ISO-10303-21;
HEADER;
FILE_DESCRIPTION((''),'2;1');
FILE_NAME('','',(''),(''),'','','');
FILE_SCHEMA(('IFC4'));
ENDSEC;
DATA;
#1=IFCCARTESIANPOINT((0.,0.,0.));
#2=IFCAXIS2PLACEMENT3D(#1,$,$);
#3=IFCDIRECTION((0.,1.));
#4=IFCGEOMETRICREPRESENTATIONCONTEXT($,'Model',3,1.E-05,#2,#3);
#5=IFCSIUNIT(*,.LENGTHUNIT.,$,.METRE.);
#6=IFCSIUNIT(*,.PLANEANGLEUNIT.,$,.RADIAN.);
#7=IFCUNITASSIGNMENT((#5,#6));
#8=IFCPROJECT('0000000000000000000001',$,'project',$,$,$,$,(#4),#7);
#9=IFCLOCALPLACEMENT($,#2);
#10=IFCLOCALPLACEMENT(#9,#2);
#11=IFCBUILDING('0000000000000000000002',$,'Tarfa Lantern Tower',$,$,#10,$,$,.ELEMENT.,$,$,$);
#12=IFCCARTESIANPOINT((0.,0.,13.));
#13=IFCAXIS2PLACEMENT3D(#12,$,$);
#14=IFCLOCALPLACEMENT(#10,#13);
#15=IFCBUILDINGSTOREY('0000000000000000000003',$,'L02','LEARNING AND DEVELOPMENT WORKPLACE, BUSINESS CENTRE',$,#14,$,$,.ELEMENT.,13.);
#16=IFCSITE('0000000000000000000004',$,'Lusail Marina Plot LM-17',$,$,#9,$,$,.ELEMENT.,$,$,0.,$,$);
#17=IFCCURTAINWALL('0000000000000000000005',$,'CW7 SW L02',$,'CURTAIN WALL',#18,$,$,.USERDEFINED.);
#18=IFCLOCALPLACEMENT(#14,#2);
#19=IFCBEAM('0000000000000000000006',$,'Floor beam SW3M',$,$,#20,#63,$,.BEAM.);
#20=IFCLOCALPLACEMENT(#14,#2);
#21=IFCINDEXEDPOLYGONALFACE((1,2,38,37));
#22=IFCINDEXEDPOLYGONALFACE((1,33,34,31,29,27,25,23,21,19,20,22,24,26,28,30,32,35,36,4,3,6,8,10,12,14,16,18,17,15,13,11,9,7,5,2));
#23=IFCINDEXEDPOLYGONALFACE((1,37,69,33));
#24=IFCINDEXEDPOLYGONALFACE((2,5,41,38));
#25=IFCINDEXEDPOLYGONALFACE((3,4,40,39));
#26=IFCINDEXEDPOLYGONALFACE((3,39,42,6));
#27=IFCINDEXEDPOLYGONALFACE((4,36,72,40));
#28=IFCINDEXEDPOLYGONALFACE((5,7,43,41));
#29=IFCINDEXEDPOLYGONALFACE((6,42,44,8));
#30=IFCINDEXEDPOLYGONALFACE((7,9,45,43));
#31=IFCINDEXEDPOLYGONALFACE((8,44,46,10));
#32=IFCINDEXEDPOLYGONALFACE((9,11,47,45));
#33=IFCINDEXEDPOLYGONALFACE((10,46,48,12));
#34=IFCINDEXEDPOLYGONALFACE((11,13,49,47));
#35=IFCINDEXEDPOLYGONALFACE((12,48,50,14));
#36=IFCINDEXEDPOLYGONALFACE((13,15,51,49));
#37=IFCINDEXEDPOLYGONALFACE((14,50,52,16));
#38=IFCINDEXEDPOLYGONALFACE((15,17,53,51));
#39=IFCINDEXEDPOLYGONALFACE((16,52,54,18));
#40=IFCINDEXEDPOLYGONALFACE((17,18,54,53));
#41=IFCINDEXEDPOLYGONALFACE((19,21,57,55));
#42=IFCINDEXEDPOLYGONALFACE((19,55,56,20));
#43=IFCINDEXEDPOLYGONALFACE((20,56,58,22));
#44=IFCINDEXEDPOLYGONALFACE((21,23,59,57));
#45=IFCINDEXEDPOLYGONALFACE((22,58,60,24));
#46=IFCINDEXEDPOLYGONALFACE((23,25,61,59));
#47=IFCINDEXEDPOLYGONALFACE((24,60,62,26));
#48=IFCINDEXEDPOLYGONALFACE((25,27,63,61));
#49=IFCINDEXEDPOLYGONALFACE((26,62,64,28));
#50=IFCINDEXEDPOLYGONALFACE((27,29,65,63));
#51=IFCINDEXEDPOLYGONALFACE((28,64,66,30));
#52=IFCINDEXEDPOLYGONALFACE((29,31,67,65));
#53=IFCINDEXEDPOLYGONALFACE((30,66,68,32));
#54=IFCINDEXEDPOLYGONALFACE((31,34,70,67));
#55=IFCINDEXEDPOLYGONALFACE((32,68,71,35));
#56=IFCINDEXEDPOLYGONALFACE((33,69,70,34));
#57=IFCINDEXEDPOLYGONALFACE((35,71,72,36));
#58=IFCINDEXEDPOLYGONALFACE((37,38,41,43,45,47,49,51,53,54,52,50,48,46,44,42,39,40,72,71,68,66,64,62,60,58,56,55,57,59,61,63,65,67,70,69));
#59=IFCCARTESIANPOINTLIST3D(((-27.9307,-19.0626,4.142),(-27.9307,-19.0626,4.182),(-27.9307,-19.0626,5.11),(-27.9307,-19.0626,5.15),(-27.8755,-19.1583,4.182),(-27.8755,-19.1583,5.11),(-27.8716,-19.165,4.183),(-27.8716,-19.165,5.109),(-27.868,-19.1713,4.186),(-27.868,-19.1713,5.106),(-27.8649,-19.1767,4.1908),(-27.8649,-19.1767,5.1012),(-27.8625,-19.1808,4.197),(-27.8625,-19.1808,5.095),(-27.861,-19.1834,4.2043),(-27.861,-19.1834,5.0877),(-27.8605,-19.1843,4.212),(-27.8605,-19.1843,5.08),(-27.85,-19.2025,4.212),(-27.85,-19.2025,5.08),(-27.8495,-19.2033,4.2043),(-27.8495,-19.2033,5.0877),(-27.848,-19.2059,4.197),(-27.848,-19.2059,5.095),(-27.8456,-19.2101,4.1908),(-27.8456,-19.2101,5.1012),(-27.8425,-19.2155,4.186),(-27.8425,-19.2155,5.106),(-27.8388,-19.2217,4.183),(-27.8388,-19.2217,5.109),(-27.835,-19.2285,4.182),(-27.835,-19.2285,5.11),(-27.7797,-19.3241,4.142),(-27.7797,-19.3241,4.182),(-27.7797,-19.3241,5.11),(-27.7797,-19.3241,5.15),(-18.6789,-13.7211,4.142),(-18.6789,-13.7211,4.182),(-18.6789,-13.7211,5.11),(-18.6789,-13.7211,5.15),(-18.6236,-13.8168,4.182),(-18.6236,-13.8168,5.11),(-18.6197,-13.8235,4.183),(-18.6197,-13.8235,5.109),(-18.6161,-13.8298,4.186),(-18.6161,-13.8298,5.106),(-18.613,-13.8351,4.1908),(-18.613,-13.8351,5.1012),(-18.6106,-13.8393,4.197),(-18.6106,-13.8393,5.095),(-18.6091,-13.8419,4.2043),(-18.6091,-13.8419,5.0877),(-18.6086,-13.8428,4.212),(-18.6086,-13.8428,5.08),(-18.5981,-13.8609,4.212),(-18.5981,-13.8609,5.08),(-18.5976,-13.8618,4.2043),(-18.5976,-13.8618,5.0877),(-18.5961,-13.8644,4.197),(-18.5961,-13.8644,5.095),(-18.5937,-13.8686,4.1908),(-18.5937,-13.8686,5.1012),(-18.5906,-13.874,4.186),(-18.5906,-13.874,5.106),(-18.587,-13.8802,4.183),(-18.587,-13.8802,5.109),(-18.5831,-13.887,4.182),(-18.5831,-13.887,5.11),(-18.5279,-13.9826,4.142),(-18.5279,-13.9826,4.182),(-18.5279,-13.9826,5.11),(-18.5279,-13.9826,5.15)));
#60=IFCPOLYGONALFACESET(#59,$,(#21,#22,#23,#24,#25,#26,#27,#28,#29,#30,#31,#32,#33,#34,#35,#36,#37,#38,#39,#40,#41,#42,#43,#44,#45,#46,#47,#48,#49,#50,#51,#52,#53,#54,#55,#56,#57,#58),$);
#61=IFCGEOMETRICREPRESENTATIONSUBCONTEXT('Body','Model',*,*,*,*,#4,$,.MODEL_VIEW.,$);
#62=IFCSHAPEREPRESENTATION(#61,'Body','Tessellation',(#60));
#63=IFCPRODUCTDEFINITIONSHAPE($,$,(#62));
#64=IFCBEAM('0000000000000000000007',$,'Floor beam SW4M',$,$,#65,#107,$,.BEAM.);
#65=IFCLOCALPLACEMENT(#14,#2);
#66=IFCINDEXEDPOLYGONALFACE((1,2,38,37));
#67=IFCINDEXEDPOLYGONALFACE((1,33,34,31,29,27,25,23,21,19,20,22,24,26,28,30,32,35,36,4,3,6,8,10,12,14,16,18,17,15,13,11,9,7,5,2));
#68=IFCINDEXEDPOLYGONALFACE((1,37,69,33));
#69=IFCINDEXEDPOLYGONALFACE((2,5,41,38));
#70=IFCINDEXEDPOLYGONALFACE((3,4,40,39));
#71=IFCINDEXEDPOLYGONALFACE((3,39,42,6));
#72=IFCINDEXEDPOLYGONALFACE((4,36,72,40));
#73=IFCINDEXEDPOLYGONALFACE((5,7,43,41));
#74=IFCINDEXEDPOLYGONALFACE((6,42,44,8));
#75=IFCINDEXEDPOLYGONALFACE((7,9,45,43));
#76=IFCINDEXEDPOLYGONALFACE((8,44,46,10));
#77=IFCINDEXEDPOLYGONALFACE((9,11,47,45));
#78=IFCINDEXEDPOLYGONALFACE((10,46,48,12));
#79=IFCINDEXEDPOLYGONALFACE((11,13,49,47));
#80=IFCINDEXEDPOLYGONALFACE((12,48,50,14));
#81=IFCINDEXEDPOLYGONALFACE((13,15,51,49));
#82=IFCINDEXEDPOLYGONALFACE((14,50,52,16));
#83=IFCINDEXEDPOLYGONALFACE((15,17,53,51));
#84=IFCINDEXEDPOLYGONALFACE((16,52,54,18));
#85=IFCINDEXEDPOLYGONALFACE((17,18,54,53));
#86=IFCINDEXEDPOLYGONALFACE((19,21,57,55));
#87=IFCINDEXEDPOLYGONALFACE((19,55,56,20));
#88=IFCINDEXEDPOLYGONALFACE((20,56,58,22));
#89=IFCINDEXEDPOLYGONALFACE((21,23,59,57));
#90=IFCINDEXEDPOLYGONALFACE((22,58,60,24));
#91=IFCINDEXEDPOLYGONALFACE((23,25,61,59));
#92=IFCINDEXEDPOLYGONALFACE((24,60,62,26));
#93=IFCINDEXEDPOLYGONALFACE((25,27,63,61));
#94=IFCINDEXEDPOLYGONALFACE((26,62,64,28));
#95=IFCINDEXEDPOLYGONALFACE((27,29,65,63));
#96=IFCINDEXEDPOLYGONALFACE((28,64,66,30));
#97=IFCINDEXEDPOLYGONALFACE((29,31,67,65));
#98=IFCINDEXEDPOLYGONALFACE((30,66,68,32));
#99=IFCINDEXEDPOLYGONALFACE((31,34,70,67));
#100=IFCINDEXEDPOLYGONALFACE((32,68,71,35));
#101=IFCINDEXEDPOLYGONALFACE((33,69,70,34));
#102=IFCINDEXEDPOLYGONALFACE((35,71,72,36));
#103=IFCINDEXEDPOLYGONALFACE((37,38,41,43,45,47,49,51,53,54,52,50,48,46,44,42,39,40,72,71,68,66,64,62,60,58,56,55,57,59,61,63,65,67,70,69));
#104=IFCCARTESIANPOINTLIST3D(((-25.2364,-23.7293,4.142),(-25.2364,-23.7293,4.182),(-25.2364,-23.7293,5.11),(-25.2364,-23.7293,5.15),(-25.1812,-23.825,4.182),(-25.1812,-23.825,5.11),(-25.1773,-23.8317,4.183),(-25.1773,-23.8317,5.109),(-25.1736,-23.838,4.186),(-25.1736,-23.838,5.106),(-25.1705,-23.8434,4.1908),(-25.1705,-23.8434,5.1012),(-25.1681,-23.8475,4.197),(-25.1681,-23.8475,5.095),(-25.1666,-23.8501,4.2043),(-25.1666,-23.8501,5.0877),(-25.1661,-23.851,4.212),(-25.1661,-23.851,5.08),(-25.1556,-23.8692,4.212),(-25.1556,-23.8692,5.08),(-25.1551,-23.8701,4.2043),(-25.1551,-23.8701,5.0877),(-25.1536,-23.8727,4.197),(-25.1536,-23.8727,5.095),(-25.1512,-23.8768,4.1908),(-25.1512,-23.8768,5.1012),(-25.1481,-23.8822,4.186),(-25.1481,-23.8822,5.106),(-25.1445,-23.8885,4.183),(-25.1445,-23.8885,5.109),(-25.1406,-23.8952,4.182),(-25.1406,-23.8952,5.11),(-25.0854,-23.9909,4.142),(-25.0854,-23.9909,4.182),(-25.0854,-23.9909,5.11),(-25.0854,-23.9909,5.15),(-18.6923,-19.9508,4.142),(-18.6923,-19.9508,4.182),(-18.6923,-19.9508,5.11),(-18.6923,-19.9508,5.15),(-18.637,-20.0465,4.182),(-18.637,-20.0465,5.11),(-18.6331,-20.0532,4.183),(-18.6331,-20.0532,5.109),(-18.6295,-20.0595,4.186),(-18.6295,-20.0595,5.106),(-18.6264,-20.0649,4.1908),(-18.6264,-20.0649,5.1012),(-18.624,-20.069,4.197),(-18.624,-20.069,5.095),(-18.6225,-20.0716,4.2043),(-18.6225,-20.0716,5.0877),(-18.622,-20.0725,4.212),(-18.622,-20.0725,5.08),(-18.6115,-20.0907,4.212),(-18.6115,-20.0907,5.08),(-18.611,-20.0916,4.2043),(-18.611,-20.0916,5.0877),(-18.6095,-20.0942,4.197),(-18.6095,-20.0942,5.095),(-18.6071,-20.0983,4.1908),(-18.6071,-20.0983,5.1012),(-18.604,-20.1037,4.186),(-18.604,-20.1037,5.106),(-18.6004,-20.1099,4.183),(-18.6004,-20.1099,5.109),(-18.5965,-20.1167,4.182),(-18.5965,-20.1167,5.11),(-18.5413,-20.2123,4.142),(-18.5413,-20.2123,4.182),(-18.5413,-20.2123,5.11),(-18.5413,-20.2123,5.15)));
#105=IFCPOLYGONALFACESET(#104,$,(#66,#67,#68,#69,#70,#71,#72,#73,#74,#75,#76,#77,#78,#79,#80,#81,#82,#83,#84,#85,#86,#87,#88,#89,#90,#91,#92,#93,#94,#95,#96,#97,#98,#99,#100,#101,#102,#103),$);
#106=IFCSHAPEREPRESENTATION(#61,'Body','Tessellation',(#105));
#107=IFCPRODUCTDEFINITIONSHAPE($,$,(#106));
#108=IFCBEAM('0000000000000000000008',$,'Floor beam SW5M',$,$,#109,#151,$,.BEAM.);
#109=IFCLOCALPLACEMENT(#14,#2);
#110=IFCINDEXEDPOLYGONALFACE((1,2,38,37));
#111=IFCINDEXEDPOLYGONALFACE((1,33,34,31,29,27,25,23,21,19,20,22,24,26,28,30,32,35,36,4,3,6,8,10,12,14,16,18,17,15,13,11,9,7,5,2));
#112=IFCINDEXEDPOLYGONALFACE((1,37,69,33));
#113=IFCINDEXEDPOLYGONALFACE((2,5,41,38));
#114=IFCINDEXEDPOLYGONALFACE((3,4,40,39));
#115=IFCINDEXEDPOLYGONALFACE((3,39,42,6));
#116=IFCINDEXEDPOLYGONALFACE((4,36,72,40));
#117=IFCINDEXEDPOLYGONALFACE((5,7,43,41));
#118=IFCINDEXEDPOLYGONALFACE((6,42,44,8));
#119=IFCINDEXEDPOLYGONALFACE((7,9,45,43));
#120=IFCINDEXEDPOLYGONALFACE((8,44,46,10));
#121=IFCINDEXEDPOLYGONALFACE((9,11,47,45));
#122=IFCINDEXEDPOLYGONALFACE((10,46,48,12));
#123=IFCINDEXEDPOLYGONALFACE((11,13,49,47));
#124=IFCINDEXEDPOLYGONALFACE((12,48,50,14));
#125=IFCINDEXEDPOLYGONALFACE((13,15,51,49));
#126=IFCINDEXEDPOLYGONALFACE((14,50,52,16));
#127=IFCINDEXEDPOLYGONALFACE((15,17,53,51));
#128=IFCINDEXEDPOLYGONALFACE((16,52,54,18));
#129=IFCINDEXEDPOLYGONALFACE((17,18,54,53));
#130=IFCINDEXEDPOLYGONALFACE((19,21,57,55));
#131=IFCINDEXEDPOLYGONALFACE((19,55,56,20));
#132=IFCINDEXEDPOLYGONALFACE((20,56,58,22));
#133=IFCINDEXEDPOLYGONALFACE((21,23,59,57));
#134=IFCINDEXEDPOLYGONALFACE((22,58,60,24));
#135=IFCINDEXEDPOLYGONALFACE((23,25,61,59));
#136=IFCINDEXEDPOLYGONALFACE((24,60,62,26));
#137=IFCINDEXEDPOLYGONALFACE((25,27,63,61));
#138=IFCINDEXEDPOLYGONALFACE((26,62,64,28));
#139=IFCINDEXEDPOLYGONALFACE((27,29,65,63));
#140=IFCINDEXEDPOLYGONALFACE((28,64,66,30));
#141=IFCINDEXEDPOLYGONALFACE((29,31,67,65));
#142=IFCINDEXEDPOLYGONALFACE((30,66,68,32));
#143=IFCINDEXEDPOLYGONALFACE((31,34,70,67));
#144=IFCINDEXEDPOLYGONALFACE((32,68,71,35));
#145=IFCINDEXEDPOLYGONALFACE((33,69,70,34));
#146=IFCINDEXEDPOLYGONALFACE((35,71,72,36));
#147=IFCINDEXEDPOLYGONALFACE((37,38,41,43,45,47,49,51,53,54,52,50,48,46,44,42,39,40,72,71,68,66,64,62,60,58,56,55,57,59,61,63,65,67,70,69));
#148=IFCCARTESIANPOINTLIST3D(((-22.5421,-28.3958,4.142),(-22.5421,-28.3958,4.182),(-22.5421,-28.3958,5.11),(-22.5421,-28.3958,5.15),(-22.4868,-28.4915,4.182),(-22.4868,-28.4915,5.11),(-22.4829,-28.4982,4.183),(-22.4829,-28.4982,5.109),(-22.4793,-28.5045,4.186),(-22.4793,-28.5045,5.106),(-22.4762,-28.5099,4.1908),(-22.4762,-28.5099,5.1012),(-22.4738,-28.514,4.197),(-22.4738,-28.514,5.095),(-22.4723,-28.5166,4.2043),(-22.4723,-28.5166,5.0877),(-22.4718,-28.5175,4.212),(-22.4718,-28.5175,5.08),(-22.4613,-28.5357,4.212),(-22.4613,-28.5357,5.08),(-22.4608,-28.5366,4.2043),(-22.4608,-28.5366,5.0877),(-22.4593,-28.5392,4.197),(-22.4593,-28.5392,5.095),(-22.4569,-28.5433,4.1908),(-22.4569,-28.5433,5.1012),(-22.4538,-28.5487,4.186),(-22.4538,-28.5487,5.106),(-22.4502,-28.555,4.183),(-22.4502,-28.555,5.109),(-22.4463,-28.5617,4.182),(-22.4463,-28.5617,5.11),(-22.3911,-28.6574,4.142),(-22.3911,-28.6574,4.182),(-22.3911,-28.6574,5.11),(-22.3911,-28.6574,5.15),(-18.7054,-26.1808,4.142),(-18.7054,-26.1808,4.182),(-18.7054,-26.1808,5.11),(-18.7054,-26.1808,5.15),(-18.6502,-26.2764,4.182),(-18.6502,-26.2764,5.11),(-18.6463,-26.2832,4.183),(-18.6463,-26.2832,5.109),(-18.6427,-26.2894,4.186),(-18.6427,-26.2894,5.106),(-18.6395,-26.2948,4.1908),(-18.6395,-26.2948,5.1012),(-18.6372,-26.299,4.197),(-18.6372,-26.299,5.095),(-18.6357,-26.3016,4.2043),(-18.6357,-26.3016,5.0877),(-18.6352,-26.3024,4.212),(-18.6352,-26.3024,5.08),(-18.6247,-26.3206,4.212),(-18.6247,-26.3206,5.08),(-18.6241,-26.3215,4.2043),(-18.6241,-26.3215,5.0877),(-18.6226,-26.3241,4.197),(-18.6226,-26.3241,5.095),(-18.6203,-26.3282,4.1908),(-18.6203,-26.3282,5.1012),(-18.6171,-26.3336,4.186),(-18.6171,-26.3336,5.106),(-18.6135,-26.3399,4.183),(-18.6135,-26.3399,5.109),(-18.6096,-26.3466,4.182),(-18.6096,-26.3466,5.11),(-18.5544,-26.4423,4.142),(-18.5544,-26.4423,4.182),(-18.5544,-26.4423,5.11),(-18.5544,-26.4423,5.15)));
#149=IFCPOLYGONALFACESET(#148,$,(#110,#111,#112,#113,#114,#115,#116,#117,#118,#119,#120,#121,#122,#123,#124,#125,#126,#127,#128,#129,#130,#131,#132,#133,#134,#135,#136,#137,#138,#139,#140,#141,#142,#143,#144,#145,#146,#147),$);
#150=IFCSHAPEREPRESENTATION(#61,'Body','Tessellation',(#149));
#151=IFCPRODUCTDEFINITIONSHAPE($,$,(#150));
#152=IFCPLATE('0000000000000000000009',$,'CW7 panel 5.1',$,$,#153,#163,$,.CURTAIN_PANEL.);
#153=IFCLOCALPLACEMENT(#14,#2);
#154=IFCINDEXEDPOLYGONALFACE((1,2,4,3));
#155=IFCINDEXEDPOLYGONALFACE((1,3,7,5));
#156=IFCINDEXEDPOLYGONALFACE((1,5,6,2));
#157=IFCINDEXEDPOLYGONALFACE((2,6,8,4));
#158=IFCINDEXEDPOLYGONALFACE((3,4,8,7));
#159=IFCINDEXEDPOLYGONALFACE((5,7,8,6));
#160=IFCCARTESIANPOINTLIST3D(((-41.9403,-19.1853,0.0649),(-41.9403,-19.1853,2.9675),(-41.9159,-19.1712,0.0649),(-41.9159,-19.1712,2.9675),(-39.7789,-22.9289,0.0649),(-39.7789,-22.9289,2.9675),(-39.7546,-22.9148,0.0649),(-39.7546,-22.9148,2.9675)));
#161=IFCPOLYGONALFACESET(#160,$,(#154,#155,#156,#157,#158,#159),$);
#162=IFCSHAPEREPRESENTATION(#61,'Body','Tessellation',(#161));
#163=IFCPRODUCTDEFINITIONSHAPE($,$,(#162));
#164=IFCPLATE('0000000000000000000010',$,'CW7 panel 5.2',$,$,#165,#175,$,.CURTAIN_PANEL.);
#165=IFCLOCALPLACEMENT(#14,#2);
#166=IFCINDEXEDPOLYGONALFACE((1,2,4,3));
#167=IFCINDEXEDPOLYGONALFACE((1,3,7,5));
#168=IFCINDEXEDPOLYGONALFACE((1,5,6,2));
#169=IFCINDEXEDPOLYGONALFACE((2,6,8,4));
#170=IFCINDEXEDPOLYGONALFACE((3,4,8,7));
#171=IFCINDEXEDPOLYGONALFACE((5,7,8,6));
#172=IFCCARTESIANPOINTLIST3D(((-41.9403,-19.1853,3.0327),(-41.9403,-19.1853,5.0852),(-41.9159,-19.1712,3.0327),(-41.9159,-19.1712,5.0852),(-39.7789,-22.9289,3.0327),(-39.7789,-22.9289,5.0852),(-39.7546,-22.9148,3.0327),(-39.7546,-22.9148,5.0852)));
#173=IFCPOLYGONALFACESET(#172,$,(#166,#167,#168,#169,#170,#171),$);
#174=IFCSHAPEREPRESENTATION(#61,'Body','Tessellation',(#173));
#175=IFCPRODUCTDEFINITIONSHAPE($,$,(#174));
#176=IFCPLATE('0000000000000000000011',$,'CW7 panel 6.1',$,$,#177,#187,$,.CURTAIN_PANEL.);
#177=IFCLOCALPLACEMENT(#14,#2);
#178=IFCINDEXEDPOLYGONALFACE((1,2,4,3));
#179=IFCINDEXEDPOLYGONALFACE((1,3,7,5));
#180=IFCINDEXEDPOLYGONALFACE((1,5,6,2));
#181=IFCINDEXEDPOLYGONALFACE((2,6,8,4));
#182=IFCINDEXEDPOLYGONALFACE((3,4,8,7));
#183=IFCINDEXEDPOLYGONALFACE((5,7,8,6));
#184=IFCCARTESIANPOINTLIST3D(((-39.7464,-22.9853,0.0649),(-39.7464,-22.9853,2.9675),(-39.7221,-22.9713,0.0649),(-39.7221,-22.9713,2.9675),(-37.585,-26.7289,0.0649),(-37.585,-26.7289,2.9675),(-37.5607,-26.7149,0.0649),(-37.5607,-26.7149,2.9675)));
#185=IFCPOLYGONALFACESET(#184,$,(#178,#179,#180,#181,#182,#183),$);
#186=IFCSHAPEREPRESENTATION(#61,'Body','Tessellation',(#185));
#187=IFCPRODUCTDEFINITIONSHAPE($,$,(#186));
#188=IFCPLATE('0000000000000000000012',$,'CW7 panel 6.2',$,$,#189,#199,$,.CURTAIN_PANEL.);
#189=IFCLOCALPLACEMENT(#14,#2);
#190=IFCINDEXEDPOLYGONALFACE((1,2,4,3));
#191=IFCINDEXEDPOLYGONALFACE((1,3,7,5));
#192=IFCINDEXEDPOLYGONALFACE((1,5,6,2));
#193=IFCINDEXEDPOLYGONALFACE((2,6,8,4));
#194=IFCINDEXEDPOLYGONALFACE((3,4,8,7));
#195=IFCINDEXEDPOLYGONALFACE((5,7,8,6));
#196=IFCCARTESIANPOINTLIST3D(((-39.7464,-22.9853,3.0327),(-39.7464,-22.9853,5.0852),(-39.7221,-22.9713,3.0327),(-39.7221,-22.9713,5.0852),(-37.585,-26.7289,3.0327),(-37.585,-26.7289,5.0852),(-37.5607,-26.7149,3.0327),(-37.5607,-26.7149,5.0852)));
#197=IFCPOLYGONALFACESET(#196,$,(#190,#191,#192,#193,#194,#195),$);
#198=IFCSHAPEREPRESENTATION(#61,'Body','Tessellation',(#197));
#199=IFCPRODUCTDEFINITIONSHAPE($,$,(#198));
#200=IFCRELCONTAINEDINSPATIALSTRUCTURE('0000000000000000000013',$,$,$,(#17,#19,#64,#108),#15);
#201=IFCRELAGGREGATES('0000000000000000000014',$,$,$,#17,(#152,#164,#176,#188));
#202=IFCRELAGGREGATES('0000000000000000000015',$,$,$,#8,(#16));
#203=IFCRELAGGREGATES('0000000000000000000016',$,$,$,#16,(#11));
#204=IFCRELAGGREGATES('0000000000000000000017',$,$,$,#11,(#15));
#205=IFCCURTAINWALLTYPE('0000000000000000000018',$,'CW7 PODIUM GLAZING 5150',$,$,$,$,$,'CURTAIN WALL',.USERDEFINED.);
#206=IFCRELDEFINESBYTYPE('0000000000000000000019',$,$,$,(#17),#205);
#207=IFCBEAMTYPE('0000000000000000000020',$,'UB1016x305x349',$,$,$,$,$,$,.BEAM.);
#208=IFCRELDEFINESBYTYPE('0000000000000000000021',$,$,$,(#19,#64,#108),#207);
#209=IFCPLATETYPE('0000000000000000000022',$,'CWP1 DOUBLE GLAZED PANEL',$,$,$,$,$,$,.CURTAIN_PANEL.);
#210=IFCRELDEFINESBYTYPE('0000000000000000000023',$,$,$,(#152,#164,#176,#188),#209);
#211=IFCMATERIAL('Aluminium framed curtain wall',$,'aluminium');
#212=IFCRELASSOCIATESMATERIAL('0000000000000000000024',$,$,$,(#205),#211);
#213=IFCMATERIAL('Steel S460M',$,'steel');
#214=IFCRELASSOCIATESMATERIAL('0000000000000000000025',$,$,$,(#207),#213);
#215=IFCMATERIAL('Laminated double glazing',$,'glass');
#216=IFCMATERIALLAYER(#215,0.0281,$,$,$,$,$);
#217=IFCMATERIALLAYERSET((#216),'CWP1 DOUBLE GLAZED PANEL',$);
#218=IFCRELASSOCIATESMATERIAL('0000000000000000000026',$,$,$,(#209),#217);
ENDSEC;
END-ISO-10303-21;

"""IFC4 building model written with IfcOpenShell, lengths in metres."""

from ifc_helpers import new_model, si_unit, direction, frame, origin, origin_2d, place, context, subcontext, project, spatial, rectangle, i_section, extrude, material, layer, layer_set, material_profile, profile_set, type_object, element, aggregate, save


model = new_model("IFC4")

# Units and contexts
model_context = context("Model", 3, precision=1e-05, world=origin(), true_north=direction((0.0, 1.0)))
body_context = subcontext(model_context, "Body", "Model", "MODEL_VIEW")
ifc_project = project(units=[si_unit("LENGTHUNIT", "METRE"), si_unit("PLANEANGLEUNIT", "RADIAN")], contexts=[model_context])

# Site, building, storey
site_placement = place(None, origin())
site = spatial("IfcSite", under=ifc_project, at=site_placement, Name="Lusail Marina Plot LM-17", CompositionType="ELEMENT", RefElevation=0.0)
building_placement = place(site_placement, origin())
building = spatial("IfcBuilding", under=site, at=building_placement, Name="Tarfa Lantern Tower", CompositionType="ELEMENT")
storey_placement = place(building_placement, frame((0.0, 0.0, 13.0)))
storey = spatial("IfcBuildingStorey", under=building, at=storey_placement, Name="L02", Description="LEARNING AND DEVELOPMENT WORKPLACE, BUSINESS CENTRE", CompositionType="ELEMENT", Elevation=13.0)

# Curtain wall
ifc_material_1 = material(Name="Aluminium framed curtain wall", Category="aluminium")
curtain_wall_type = type_object("IfcCurtainWallType", Name="CW7 PODIUM GLAZING 5150", ElementType="CURTAIN WALL", PredefinedType="USERDEFINED", material=ifc_material_1)
curtain_wall_1_placement = place(storey_placement, origin())
curtain_wall_1 = element("IfcCurtainWall", 1, at=curtain_wall_1_placement, inside=storey, type_object=curtain_wall_type, Name="CW7 SW L02", ObjectType="CURTAIN WALL", PredefinedType="USERDEFINED")

# Beams
ifc_material_2 = material(Name="Steel S460M", Category="steel")
ifc_material_profile_1 = material_profile(ifc_material_2, i_section(OverallWidth=0.302, OverallDepth=1.0081, WebThickness=0.021, FlangeThickness=0.04, FilletRadius=0.03, at=origin_2d()), Name="UB1016x305x349")
ifc_profile_set_1 = profile_set([ifc_material_profile_1], Name="Steel S460M")
beam_type_1 = type_object("IfcBeamType", Name="UB1016x305x349", PredefinedType="BEAM", material=ifc_profile_set_1)
beam_1_placement = place(storey_placement, frame((-27.8552, -19.1934, 4.646), z_axis=(0.866028, 0.499995, 0.0), x_axis=(-0.499995, 0.866028, 0.0)))
element("IfcBeam", 2, at=beam_1_placement, inside=storey, type_object=beam_type_1, Name="Floor beam SW3M", PredefinedType="BEAM", context=body_context, shape_type="SweptSolid", body=[
    extrude(i_section(OverallWidth=0.302, OverallDepth=1.0081, WebThickness=0.021, FlangeThickness=0.04, FilletRadius=0.03, at=origin_2d()), origin(), (0.0, 0.0, 1.0), 10.6831),
])
beam_2_placement = place(storey_placement, frame((-25.1609, -23.8601, 4.646), z_axis=(0.86601, 0.500027, 0.0), x_axis=(-0.500027, 0.86601, 0.0)))
element("IfcBeam", 3, at=beam_2_placement, inside=storey, type_object=beam_type_1, Name="Floor beam SW4M", PredefinedType="BEAM", context=body_context, shape_type="SweptSolid", body=[
    extrude(i_section(OverallWidth=0.302, OverallDepth=1.0081, WebThickness=0.021, FlangeThickness=0.04, FilletRadius=0.03, at=origin_2d()), origin(), (0.0, 0.0, 1.0), 7.5566),
])
beam_3_placement = place(storey_placement, frame((-22.4666, -28.5266, 4.646), z_axis=(0.866027, 0.499998, 0.0), x_axis=(-0.499998, 0.866027, 0.0)))
element("IfcBeam", 4, at=beam_3_placement, inside=storey, type_object=beam_type_1, Name="Floor beam SW5M", PredefinedType="BEAM", context=body_context, shape_type="SweptSolid", body=[
    extrude(i_section(OverallWidth=0.302, OverallDepth=1.0081, WebThickness=0.021, FlangeThickness=0.04, FilletRadius=0.03, at=origin_2d()), origin(), (0.0, 0.0, 1.0), 4.4302),
])

# Plates
ifc_material_3 = material(Name="Laminated double glazing", Category="glass")
ifc_layer = layer(ifc_material_3, 0.0281)
ifc_layer_set = layer_set([ifc_layer], Name="CWP1 DOUBLE GLAZED PANEL")
plate_type = type_object("IfcPlateType", Name="CWP1 DOUBLE GLAZED PANEL", PredefinedType="CURTAIN_PANEL", material=ifc_layer_set)
plate_1_placement = place(storey_placement, frame((-40.8474, -21.05, 0.0649), z_axis=(0.0, 0.0, 1.0), x_axis=(0.5, -0.866025, 0.0)))
plate_1 = element("IfcPlate", 5, at=plate_1_placement, type_object=plate_type, Name="CW7 panel 5.1", PredefinedType="CURTAIN_PANEL", context=body_context, shape_type="SweptSolid", body=[
    extrude(rectangle(XDim=4.3228, YDim=0.0281, at=origin_2d()), origin(), (0.0, 0.0, 1.0), 2.9026),
])
plate_2_placement = place(storey_placement, frame((-40.8474, -21.05, 3.0327), z_axis=(0.0, 0.0, 1.0), x_axis=(0.5, -0.866025, 0.0)))
plate_2 = element("IfcPlate", 6, at=plate_2_placement, type_object=plate_type, Name="CW7 panel 5.2", PredefinedType="CURTAIN_PANEL", context=body_context, shape_type="SweptSolid", body=[
    extrude(rectangle(XDim=4.3228, YDim=0.0281, at=origin_2d()), origin(), (0.0, 0.0, 1.0), 2.0525),
])
plate_3_placement = place(storey_placement, frame((-38.6536, -24.8501, 0.0649), z_axis=(0.0, 0.0, 1.0), x_axis=(0.5, -0.866025, 0.0)))
plate_3 = element("IfcPlate", 7, at=plate_3_placement, type_object=plate_type, Name="CW7 panel 6.1", PredefinedType="CURTAIN_PANEL", context=body_context, shape_type="SweptSolid", body=[
    extrude(rectangle(XDim=4.3228, YDim=0.0281, at=origin_2d()), origin(), (0.0, 0.0, 1.0), 2.9026),
])
plate_4_placement = place(storey_placement, frame((-38.6536, -24.8501, 3.0327), z_axis=(0.0, 0.0, 1.0), x_axis=(0.5, -0.866025, 0.0)))
plate_4 = element("IfcPlate", 8, at=plate_4_placement, type_object=plate_type, Name="CW7 panel 6.2", PredefinedType="CURTAIN_PANEL", context=body_context, shape_type="SweptSolid", body=[
    extrude(rectangle(XDim=4.3228, YDim=0.0281, at=origin_2d()), origin(), (0.0, 0.0, 1.0), 2.0525),
])
aggregate(curtain_wall_1, [plate_1, plate_2, plate_3, plate_4])

save(model, "model.ifc")
